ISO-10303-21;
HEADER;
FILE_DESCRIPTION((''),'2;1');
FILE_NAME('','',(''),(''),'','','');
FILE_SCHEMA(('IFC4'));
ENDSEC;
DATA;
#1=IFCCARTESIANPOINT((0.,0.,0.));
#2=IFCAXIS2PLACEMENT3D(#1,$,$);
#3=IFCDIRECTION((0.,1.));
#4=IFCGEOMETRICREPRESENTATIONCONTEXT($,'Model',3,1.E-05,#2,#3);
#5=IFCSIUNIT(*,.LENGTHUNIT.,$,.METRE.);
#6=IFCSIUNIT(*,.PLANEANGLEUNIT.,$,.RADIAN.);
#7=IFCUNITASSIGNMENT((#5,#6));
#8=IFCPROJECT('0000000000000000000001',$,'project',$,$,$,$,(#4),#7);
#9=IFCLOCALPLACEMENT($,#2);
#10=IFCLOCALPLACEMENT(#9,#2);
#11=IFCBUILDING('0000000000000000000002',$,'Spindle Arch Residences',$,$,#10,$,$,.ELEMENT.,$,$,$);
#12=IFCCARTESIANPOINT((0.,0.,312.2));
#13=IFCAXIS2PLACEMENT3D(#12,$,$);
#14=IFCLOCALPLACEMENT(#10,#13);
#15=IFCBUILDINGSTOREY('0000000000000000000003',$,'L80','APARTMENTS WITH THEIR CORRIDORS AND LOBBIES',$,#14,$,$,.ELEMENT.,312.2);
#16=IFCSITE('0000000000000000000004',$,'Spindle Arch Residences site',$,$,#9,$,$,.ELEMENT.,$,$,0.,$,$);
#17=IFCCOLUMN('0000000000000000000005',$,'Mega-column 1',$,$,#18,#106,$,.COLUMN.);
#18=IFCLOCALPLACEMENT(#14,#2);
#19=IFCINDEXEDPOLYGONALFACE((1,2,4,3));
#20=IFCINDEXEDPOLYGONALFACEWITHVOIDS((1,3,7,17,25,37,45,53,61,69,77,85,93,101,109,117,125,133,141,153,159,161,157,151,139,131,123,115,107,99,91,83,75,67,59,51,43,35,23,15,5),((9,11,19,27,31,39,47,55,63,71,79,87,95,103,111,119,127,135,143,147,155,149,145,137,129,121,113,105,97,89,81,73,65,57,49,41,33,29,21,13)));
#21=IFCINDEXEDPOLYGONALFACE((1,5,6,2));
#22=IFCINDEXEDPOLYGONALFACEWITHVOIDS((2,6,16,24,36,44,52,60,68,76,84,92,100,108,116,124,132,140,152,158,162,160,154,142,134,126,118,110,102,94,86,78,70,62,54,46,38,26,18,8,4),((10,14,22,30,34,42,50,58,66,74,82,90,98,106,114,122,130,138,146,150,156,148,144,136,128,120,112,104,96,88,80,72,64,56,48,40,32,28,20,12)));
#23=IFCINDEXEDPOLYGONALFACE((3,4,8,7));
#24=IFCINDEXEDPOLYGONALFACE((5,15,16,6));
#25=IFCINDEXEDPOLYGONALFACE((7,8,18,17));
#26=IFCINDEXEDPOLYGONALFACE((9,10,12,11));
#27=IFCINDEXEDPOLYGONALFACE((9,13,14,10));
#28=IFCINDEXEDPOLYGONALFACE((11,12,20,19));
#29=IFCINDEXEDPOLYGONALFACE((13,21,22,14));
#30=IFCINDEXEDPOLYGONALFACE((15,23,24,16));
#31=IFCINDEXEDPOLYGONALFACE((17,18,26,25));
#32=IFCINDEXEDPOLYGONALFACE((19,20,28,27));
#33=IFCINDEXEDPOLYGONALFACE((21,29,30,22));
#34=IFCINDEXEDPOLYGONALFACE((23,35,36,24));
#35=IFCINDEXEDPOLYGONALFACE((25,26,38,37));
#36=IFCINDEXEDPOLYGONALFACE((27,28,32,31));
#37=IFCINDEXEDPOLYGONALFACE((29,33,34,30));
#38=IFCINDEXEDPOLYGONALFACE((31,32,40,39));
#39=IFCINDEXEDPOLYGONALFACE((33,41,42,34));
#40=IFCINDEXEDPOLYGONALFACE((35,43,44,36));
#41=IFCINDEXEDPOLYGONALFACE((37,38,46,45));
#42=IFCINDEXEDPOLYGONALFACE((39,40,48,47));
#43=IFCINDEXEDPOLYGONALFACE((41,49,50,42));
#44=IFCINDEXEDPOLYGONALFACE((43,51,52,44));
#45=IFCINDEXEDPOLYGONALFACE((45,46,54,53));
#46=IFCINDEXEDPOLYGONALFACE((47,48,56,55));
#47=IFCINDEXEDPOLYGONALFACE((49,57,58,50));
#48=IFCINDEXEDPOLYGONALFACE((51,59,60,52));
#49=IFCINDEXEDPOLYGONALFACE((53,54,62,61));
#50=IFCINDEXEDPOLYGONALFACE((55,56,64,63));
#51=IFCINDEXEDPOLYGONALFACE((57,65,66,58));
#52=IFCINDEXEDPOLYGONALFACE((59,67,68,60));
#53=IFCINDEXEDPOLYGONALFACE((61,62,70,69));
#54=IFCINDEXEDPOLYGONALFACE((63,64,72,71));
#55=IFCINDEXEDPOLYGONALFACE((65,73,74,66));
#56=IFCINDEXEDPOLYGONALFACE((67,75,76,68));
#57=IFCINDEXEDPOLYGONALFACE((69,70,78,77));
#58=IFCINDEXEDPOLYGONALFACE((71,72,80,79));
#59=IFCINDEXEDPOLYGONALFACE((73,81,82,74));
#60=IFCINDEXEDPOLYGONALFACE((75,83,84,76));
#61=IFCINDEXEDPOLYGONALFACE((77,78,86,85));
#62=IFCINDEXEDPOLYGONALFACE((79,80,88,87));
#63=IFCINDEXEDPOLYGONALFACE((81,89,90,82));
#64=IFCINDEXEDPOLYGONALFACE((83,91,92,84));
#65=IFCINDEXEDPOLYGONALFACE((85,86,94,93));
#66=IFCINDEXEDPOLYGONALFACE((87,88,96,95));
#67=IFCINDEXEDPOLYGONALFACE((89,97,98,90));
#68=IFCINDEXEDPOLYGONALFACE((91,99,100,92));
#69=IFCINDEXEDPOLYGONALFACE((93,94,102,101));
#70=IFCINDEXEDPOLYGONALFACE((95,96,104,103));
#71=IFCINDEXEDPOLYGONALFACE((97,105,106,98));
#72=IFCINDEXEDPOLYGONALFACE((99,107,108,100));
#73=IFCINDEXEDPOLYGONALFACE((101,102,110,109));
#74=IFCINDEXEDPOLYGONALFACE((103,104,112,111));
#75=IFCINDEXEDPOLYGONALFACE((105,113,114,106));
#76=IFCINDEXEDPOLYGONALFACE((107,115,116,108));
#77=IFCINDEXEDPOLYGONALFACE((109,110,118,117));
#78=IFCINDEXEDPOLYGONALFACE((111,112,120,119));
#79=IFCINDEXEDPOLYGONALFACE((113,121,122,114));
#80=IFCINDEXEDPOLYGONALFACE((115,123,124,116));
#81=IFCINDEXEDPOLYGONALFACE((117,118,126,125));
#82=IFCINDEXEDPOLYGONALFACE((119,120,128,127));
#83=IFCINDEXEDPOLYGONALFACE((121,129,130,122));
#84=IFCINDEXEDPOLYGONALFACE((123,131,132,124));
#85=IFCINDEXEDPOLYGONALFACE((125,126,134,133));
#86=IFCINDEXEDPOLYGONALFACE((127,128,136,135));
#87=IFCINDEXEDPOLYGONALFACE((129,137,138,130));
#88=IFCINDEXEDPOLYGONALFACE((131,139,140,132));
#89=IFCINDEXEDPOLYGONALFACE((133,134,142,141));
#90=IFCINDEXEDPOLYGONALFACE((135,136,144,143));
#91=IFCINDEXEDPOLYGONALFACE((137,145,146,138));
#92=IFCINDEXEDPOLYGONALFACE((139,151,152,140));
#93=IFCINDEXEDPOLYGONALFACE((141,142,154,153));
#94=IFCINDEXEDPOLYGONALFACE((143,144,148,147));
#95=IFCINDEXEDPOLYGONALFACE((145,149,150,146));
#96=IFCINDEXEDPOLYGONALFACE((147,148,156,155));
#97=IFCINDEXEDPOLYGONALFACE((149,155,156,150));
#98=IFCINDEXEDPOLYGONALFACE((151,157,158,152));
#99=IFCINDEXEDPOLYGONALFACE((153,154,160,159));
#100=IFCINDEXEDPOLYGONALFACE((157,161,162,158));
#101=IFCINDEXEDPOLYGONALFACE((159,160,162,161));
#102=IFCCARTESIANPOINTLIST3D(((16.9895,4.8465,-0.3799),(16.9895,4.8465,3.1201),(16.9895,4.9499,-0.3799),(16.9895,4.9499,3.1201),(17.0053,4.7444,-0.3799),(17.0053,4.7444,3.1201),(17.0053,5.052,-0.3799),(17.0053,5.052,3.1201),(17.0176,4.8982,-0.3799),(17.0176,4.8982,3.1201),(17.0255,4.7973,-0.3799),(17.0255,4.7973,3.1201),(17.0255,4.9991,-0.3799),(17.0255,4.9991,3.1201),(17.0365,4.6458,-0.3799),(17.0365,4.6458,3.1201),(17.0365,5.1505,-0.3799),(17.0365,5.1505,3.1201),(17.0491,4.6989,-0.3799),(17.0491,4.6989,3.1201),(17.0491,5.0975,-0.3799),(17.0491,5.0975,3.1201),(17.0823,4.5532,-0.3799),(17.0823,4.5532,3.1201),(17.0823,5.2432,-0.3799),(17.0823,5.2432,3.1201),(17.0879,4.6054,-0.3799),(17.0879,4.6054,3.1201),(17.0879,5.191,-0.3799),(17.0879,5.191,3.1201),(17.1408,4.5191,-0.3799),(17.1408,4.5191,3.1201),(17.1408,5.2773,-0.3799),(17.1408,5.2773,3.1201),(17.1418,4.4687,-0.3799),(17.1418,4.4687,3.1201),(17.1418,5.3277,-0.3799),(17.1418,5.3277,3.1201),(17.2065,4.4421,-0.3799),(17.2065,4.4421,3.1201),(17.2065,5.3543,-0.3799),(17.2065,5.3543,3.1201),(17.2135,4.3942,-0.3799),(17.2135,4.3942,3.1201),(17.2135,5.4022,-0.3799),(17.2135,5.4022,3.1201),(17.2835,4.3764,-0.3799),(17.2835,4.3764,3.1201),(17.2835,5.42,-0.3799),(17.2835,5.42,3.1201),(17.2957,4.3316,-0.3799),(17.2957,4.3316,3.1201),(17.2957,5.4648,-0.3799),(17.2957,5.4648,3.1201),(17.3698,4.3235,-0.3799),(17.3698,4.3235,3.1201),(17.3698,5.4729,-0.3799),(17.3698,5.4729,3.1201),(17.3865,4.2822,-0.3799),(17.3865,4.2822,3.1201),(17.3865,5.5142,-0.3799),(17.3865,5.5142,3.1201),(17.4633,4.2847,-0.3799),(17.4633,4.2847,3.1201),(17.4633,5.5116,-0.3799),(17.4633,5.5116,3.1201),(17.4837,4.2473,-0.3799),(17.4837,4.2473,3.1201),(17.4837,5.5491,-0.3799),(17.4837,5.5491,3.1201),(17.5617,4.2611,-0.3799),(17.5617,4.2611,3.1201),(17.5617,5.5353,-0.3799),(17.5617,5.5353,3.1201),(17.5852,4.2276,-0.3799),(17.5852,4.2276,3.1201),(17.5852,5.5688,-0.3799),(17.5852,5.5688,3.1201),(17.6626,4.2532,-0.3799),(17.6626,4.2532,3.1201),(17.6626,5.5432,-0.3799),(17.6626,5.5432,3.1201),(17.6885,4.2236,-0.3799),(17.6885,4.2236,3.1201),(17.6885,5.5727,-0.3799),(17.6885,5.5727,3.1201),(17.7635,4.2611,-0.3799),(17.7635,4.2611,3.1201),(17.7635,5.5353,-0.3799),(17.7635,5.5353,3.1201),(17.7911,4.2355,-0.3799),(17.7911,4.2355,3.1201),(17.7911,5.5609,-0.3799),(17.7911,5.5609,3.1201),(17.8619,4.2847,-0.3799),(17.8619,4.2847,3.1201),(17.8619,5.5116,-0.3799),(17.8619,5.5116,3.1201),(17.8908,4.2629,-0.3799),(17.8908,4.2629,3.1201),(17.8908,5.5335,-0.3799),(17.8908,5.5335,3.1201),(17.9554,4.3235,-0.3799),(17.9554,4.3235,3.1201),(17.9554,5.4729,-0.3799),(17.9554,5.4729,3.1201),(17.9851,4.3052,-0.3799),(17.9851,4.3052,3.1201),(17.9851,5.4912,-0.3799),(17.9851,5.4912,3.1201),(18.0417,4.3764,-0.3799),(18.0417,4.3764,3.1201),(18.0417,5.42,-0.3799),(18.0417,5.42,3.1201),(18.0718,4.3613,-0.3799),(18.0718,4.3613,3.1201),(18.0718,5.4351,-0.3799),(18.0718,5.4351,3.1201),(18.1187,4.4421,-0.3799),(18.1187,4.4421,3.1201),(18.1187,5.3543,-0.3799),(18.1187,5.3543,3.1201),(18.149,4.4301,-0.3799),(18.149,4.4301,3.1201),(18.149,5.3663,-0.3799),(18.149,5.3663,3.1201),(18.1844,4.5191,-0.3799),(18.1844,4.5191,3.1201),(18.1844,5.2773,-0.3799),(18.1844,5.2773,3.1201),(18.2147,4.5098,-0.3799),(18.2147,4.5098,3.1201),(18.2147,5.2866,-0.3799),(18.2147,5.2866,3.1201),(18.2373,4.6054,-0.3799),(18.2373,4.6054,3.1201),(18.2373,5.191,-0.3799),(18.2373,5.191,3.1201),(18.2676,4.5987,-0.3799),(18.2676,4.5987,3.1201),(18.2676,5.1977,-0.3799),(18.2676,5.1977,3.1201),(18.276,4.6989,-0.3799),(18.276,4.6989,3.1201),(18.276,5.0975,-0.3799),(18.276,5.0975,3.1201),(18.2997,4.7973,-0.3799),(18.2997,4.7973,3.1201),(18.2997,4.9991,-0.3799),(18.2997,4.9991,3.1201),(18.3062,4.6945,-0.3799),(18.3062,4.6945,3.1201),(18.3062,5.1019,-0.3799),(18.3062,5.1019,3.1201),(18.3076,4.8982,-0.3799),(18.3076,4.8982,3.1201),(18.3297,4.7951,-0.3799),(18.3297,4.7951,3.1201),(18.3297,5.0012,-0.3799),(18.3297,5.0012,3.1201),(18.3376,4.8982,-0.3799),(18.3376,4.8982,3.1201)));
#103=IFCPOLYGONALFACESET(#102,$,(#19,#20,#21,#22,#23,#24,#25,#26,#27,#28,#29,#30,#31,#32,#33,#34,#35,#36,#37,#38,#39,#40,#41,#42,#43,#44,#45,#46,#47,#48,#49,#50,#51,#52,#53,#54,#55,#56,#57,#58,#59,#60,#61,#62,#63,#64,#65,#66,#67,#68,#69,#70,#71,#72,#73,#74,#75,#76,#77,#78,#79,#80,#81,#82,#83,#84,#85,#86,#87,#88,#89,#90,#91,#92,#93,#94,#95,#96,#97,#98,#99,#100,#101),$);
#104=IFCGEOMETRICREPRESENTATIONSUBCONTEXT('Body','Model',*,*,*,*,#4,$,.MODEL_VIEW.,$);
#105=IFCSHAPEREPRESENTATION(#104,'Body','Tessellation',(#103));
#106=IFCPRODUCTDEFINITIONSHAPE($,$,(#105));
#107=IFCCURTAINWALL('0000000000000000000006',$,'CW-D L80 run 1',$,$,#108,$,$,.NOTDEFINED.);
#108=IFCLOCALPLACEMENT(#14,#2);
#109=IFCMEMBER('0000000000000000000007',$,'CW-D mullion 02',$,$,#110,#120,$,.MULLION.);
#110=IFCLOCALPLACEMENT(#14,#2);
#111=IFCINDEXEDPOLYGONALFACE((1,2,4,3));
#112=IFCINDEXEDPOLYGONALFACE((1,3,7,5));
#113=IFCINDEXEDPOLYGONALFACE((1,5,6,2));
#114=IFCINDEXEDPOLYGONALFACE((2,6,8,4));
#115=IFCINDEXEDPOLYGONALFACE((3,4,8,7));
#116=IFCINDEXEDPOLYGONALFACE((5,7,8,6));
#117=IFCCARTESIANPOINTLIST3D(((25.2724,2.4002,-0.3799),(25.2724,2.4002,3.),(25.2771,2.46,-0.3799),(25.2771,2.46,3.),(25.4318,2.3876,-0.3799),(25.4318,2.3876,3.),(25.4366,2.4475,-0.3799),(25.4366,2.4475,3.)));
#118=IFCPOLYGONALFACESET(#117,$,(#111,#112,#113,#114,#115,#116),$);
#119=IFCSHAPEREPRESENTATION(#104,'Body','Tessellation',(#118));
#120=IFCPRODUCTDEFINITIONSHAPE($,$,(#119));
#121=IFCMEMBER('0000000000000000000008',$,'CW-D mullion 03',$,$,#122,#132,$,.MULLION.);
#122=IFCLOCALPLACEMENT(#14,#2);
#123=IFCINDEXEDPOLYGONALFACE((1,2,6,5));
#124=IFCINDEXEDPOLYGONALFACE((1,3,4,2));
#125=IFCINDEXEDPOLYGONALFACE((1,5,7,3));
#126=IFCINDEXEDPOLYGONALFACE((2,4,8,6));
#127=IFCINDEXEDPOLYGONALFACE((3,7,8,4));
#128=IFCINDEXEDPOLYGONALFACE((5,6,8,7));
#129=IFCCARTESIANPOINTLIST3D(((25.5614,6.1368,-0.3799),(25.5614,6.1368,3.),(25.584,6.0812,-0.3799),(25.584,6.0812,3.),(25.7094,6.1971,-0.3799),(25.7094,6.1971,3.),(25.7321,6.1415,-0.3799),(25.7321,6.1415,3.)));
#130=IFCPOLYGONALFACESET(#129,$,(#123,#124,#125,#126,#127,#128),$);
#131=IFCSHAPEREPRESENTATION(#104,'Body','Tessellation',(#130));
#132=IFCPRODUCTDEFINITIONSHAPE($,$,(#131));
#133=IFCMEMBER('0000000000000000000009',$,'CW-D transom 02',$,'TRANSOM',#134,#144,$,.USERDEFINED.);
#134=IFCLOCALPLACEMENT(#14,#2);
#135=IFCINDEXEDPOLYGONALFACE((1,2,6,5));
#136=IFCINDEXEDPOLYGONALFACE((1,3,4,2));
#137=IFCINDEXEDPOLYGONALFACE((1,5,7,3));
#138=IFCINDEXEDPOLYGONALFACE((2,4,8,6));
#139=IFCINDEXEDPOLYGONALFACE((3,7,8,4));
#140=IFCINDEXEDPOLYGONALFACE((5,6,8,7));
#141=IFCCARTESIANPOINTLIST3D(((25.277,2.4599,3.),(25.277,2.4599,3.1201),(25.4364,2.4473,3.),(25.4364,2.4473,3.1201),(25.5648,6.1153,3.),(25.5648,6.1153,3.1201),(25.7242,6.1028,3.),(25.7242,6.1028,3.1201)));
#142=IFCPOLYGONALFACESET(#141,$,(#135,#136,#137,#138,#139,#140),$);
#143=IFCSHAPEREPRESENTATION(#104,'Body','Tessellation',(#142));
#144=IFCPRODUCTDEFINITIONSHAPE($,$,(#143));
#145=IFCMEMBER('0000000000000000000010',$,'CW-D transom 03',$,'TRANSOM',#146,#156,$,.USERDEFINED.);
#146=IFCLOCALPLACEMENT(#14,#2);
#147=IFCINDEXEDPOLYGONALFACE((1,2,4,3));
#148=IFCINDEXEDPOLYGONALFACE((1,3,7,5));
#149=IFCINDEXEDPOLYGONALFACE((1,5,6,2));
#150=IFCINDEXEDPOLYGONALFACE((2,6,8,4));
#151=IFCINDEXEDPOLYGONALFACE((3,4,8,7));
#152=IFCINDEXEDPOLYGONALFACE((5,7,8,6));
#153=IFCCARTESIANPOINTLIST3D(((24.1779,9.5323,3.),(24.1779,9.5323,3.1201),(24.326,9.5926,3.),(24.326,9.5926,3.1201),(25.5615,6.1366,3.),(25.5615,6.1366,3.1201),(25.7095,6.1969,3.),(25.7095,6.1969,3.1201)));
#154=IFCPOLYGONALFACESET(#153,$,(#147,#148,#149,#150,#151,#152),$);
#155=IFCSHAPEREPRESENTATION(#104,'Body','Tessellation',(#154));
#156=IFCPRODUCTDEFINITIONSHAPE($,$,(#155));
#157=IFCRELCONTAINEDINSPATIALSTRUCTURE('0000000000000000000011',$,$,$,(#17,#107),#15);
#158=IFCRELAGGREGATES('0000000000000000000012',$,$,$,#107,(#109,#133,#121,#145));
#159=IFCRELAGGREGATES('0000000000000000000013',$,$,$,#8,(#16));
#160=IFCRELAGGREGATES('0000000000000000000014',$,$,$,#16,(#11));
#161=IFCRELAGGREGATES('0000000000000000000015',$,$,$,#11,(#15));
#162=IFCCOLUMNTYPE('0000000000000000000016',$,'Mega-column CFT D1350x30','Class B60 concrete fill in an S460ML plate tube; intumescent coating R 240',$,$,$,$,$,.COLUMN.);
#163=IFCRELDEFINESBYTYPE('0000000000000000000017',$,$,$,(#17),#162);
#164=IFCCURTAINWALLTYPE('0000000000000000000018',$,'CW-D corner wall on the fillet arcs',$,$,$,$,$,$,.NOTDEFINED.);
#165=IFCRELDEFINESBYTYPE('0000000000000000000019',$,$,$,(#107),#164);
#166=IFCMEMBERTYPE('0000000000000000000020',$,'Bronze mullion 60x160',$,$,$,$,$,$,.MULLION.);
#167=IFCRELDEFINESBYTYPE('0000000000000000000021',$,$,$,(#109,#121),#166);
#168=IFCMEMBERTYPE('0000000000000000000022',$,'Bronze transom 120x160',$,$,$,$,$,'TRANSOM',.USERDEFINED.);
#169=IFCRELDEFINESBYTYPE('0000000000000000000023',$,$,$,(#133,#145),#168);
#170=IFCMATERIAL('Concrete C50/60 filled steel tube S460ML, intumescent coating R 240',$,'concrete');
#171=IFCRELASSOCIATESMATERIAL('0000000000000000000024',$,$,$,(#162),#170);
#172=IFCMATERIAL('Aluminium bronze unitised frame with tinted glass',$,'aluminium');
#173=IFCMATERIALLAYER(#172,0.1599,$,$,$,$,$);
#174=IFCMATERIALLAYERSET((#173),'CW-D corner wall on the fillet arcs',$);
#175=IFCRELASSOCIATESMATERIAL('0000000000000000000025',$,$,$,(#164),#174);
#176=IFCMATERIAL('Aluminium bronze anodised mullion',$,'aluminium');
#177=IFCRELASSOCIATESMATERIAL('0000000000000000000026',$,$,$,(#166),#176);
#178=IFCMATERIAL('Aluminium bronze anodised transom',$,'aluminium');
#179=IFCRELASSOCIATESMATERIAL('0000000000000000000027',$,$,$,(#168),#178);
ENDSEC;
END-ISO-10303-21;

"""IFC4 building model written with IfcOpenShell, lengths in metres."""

from ifc_helpers import new_model, si_unit, direction, frame, origin, origin_2d, place, context, subcontext, project, spatial, rectangle, hollow_circle, extrude, material, layer, layer_set, material_profile, profile_set, type_object, element, aggregate, save


model = new_model("IFC4")

# Units and contexts
model_context = context("Model", 3, precision=1e-05, world=origin(), true_north=direction((0.0, 1.0)))
body_context = subcontext(model_context, "Body", "Model", "MODEL_VIEW")
ifc_project = project(units=[si_unit("LENGTHUNIT", "METRE"), si_unit("PLANEANGLEUNIT", "RADIAN")], contexts=[model_context])

# Site, building, storey
site_placement = place(None, origin())
site = spatial("IfcSite", under=ifc_project, at=site_placement, Name="Spindle Arch Residences site", CompositionType="ELEMENT", RefElevation=0.0)
building_placement = place(site_placement, origin())
building = spatial("IfcBuilding", under=site, at=building_placement, Name="Spindle Arch Residences", CompositionType="ELEMENT")
storey_placement = place(building_placement, frame((0.0, 0.0, 312.2)))
storey = spatial("IfcBuildingStorey", under=building, at=storey_placement, Name="L80", Description="APARTMENTS WITH THEIR CORRIDORS AND LOBBIES", CompositionType="ELEMENT", Elevation=312.2)

# Column
ifc_material_1 = material(Name="Concrete C50/60 filled steel tube S460ML, intumescent coating R 240", Category="concrete")
ifc_material_profile_1 = material_profile(ifc_material_1, hollow_circle(Radius=0.675, WallThickness=0.03, at=origin_2d()), Name="CFT D1350x30")
ifc_profile_set_1 = profile_set([ifc_material_profile_1], Name="Concrete C50/60 filled steel tube S460ML, intumescent coating R 240")
column_type = type_object("IfcColumnType", Name="Mega-column CFT D1350x30", Description="Class B60 concrete fill in an S460ML plate tube; intumescent coating R 240", PredefinedType="COLUMN", material=ifc_profile_set_1)
column_placement = place(storey_placement, frame((17.6626, 4.8982, -0.3799), z_axis=(0.0, 0.0, 1.0), x_axis=(1.0, 0.0, 0.0)))
element("IfcColumn", 1, at=column_placement, inside=storey, type_object=column_type, Name="Mega-column 1", PredefinedType="COLUMN", context=body_context, shape_type="SweptSolid", body=[
    extrude(hollow_circle(Radius=0.675, WallThickness=0.03, at=origin_2d()), origin(), (0.0, 0.0, 1.0), 3.5),
])

# Curtain wall, members
ifc_material_2 = material(Name="Aluminium bronze unitised frame with tinted glass", Category="aluminium")
ifc_layer_1 = layer(ifc_material_2, 0.1599)
ifc_layer_set_1 = layer_set([ifc_layer_1], Name="CW-D corner wall on the fillet arcs")
curtain_wall_type = type_object("IfcCurtainWallType", Name="CW-D corner wall on the fillet arcs", PredefinedType="NOTDEFINED", material=ifc_layer_set_1)
curtain_wall_placement = place(storey_placement, origin())
curtain_wall = element("IfcCurtainWall", 2, at=curtain_wall_placement, inside=storey, type_object=curtain_wall_type, Name="CW-D L80 run 1", PredefinedType="NOTDEFINED")
ifc_material_3 = material(Name="Aluminium bronze anodised mullion", Category="aluminium")
ifc_material_profile_2 = material_profile(ifc_material_3, rectangle(XDim=0.1599, YDim=0.0601, at=origin_2d()), Name="MU 60x160")
ifc_profile_set_2 = profile_set([ifc_material_profile_2], Name="Aluminium bronze anodised mullion")
member_type_1 = type_object("IfcMemberType", Name="Bronze mullion 60x160", PredefinedType="MULLION", material=ifc_profile_set_2)
member_1_placement = place(storey_placement, frame((25.3545, 2.4238, -0.3799), z_axis=(0.0, 0.0, 1.0), x_axis=(-0.996917, 0.078459, 0.0)))
member_1 = element("IfcMember", 3, at=member_1_placement, type_object=member_type_1, Name="CW-D mullion 02", PredefinedType="MULLION", context=body_context, shape_type="SweptSolid", body=[
    extrude(rectangle(XDim=0.1599, YDim=0.0601, at=origin_2d()), origin(), (0.0, 0.0, 1.0), 3.3799),
])
member_2_placement = place(storey_placement, frame((25.6467, 6.1392, -0.3799), z_axis=(0.0, 0.0, 1.0), x_axis=(-0.92609, -0.377302, 0.0)))
member_2 = element("IfcMember", 4, at=member_2_placement, type_object=member_type_1, Name="CW-D mullion 03", PredefinedType="MULLION", context=body_context, shape_type="SweptSolid", body=[
    extrude(rectangle(XDim=0.1599, YDim=0.0601, at=origin_2d()), origin(), (0.0, 0.0, 1.0), 3.3799),
])
ifc_material_4 = material(Name="Aluminium bronze anodised transom", Category="aluminium")
ifc_material_profile_3 = material_profile(ifc_material_4, rectangle(XDim=0.1599, YDim=0.1201, at=origin_2d()), Name="TR 120x160")
ifc_profile_set_3 = profile_set([ifc_material_profile_3], Name="Aluminium bronze anodised transom")
member_type_2 = type_object("IfcMemberType", Name="Bronze transom 120x160", ElementType="TRANSOM", PredefinedType="USERDEFINED", material=ifc_profile_set_3)
member_3_placement = place(storey_placement, frame((25.3567, 2.4536, 3.0601), z_axis=(0.078499, 0.996914, 0.0), x_axis=(-0.996914, 0.078499, 0.0)))
member_3 = element("IfcMember", 5, at=member_3_placement, type_object=member_type_2, Name="CW-D transom 02", ObjectType="TRANSOM", PredefinedType="USERDEFINED", context=body_context, shape_type="SweptSolid", body=[
    extrude(rectangle(XDim=0.1599, YDim=0.1201, at=origin_2d()), origin(), (0.0, 0.0, 1.0), 3.6667),
])
member_4_placement = place(storey_placement, frame((25.6355, 6.1667, 3.0601), z_axis=(-0.377318, 0.926084, 0.0), x_axis=(-0.926084, -0.377318, 0.0)))
member_4 = element("IfcMember", 6, at=member_4_placement, type_object=member_type_2, Name="CW-D transom 03", ObjectType="TRANSOM", PredefinedType="USERDEFINED", context=body_context, shape_type="SweptSolid", body=[
    extrude(rectangle(XDim=0.1599, YDim=0.1201, at=origin_2d()), origin(), (0.0, 0.0, 1.0), 3.6667),
])

aggregate(curtain_wall, [member_1, member_3, member_2, member_4])

save(model, "model.ifc")
